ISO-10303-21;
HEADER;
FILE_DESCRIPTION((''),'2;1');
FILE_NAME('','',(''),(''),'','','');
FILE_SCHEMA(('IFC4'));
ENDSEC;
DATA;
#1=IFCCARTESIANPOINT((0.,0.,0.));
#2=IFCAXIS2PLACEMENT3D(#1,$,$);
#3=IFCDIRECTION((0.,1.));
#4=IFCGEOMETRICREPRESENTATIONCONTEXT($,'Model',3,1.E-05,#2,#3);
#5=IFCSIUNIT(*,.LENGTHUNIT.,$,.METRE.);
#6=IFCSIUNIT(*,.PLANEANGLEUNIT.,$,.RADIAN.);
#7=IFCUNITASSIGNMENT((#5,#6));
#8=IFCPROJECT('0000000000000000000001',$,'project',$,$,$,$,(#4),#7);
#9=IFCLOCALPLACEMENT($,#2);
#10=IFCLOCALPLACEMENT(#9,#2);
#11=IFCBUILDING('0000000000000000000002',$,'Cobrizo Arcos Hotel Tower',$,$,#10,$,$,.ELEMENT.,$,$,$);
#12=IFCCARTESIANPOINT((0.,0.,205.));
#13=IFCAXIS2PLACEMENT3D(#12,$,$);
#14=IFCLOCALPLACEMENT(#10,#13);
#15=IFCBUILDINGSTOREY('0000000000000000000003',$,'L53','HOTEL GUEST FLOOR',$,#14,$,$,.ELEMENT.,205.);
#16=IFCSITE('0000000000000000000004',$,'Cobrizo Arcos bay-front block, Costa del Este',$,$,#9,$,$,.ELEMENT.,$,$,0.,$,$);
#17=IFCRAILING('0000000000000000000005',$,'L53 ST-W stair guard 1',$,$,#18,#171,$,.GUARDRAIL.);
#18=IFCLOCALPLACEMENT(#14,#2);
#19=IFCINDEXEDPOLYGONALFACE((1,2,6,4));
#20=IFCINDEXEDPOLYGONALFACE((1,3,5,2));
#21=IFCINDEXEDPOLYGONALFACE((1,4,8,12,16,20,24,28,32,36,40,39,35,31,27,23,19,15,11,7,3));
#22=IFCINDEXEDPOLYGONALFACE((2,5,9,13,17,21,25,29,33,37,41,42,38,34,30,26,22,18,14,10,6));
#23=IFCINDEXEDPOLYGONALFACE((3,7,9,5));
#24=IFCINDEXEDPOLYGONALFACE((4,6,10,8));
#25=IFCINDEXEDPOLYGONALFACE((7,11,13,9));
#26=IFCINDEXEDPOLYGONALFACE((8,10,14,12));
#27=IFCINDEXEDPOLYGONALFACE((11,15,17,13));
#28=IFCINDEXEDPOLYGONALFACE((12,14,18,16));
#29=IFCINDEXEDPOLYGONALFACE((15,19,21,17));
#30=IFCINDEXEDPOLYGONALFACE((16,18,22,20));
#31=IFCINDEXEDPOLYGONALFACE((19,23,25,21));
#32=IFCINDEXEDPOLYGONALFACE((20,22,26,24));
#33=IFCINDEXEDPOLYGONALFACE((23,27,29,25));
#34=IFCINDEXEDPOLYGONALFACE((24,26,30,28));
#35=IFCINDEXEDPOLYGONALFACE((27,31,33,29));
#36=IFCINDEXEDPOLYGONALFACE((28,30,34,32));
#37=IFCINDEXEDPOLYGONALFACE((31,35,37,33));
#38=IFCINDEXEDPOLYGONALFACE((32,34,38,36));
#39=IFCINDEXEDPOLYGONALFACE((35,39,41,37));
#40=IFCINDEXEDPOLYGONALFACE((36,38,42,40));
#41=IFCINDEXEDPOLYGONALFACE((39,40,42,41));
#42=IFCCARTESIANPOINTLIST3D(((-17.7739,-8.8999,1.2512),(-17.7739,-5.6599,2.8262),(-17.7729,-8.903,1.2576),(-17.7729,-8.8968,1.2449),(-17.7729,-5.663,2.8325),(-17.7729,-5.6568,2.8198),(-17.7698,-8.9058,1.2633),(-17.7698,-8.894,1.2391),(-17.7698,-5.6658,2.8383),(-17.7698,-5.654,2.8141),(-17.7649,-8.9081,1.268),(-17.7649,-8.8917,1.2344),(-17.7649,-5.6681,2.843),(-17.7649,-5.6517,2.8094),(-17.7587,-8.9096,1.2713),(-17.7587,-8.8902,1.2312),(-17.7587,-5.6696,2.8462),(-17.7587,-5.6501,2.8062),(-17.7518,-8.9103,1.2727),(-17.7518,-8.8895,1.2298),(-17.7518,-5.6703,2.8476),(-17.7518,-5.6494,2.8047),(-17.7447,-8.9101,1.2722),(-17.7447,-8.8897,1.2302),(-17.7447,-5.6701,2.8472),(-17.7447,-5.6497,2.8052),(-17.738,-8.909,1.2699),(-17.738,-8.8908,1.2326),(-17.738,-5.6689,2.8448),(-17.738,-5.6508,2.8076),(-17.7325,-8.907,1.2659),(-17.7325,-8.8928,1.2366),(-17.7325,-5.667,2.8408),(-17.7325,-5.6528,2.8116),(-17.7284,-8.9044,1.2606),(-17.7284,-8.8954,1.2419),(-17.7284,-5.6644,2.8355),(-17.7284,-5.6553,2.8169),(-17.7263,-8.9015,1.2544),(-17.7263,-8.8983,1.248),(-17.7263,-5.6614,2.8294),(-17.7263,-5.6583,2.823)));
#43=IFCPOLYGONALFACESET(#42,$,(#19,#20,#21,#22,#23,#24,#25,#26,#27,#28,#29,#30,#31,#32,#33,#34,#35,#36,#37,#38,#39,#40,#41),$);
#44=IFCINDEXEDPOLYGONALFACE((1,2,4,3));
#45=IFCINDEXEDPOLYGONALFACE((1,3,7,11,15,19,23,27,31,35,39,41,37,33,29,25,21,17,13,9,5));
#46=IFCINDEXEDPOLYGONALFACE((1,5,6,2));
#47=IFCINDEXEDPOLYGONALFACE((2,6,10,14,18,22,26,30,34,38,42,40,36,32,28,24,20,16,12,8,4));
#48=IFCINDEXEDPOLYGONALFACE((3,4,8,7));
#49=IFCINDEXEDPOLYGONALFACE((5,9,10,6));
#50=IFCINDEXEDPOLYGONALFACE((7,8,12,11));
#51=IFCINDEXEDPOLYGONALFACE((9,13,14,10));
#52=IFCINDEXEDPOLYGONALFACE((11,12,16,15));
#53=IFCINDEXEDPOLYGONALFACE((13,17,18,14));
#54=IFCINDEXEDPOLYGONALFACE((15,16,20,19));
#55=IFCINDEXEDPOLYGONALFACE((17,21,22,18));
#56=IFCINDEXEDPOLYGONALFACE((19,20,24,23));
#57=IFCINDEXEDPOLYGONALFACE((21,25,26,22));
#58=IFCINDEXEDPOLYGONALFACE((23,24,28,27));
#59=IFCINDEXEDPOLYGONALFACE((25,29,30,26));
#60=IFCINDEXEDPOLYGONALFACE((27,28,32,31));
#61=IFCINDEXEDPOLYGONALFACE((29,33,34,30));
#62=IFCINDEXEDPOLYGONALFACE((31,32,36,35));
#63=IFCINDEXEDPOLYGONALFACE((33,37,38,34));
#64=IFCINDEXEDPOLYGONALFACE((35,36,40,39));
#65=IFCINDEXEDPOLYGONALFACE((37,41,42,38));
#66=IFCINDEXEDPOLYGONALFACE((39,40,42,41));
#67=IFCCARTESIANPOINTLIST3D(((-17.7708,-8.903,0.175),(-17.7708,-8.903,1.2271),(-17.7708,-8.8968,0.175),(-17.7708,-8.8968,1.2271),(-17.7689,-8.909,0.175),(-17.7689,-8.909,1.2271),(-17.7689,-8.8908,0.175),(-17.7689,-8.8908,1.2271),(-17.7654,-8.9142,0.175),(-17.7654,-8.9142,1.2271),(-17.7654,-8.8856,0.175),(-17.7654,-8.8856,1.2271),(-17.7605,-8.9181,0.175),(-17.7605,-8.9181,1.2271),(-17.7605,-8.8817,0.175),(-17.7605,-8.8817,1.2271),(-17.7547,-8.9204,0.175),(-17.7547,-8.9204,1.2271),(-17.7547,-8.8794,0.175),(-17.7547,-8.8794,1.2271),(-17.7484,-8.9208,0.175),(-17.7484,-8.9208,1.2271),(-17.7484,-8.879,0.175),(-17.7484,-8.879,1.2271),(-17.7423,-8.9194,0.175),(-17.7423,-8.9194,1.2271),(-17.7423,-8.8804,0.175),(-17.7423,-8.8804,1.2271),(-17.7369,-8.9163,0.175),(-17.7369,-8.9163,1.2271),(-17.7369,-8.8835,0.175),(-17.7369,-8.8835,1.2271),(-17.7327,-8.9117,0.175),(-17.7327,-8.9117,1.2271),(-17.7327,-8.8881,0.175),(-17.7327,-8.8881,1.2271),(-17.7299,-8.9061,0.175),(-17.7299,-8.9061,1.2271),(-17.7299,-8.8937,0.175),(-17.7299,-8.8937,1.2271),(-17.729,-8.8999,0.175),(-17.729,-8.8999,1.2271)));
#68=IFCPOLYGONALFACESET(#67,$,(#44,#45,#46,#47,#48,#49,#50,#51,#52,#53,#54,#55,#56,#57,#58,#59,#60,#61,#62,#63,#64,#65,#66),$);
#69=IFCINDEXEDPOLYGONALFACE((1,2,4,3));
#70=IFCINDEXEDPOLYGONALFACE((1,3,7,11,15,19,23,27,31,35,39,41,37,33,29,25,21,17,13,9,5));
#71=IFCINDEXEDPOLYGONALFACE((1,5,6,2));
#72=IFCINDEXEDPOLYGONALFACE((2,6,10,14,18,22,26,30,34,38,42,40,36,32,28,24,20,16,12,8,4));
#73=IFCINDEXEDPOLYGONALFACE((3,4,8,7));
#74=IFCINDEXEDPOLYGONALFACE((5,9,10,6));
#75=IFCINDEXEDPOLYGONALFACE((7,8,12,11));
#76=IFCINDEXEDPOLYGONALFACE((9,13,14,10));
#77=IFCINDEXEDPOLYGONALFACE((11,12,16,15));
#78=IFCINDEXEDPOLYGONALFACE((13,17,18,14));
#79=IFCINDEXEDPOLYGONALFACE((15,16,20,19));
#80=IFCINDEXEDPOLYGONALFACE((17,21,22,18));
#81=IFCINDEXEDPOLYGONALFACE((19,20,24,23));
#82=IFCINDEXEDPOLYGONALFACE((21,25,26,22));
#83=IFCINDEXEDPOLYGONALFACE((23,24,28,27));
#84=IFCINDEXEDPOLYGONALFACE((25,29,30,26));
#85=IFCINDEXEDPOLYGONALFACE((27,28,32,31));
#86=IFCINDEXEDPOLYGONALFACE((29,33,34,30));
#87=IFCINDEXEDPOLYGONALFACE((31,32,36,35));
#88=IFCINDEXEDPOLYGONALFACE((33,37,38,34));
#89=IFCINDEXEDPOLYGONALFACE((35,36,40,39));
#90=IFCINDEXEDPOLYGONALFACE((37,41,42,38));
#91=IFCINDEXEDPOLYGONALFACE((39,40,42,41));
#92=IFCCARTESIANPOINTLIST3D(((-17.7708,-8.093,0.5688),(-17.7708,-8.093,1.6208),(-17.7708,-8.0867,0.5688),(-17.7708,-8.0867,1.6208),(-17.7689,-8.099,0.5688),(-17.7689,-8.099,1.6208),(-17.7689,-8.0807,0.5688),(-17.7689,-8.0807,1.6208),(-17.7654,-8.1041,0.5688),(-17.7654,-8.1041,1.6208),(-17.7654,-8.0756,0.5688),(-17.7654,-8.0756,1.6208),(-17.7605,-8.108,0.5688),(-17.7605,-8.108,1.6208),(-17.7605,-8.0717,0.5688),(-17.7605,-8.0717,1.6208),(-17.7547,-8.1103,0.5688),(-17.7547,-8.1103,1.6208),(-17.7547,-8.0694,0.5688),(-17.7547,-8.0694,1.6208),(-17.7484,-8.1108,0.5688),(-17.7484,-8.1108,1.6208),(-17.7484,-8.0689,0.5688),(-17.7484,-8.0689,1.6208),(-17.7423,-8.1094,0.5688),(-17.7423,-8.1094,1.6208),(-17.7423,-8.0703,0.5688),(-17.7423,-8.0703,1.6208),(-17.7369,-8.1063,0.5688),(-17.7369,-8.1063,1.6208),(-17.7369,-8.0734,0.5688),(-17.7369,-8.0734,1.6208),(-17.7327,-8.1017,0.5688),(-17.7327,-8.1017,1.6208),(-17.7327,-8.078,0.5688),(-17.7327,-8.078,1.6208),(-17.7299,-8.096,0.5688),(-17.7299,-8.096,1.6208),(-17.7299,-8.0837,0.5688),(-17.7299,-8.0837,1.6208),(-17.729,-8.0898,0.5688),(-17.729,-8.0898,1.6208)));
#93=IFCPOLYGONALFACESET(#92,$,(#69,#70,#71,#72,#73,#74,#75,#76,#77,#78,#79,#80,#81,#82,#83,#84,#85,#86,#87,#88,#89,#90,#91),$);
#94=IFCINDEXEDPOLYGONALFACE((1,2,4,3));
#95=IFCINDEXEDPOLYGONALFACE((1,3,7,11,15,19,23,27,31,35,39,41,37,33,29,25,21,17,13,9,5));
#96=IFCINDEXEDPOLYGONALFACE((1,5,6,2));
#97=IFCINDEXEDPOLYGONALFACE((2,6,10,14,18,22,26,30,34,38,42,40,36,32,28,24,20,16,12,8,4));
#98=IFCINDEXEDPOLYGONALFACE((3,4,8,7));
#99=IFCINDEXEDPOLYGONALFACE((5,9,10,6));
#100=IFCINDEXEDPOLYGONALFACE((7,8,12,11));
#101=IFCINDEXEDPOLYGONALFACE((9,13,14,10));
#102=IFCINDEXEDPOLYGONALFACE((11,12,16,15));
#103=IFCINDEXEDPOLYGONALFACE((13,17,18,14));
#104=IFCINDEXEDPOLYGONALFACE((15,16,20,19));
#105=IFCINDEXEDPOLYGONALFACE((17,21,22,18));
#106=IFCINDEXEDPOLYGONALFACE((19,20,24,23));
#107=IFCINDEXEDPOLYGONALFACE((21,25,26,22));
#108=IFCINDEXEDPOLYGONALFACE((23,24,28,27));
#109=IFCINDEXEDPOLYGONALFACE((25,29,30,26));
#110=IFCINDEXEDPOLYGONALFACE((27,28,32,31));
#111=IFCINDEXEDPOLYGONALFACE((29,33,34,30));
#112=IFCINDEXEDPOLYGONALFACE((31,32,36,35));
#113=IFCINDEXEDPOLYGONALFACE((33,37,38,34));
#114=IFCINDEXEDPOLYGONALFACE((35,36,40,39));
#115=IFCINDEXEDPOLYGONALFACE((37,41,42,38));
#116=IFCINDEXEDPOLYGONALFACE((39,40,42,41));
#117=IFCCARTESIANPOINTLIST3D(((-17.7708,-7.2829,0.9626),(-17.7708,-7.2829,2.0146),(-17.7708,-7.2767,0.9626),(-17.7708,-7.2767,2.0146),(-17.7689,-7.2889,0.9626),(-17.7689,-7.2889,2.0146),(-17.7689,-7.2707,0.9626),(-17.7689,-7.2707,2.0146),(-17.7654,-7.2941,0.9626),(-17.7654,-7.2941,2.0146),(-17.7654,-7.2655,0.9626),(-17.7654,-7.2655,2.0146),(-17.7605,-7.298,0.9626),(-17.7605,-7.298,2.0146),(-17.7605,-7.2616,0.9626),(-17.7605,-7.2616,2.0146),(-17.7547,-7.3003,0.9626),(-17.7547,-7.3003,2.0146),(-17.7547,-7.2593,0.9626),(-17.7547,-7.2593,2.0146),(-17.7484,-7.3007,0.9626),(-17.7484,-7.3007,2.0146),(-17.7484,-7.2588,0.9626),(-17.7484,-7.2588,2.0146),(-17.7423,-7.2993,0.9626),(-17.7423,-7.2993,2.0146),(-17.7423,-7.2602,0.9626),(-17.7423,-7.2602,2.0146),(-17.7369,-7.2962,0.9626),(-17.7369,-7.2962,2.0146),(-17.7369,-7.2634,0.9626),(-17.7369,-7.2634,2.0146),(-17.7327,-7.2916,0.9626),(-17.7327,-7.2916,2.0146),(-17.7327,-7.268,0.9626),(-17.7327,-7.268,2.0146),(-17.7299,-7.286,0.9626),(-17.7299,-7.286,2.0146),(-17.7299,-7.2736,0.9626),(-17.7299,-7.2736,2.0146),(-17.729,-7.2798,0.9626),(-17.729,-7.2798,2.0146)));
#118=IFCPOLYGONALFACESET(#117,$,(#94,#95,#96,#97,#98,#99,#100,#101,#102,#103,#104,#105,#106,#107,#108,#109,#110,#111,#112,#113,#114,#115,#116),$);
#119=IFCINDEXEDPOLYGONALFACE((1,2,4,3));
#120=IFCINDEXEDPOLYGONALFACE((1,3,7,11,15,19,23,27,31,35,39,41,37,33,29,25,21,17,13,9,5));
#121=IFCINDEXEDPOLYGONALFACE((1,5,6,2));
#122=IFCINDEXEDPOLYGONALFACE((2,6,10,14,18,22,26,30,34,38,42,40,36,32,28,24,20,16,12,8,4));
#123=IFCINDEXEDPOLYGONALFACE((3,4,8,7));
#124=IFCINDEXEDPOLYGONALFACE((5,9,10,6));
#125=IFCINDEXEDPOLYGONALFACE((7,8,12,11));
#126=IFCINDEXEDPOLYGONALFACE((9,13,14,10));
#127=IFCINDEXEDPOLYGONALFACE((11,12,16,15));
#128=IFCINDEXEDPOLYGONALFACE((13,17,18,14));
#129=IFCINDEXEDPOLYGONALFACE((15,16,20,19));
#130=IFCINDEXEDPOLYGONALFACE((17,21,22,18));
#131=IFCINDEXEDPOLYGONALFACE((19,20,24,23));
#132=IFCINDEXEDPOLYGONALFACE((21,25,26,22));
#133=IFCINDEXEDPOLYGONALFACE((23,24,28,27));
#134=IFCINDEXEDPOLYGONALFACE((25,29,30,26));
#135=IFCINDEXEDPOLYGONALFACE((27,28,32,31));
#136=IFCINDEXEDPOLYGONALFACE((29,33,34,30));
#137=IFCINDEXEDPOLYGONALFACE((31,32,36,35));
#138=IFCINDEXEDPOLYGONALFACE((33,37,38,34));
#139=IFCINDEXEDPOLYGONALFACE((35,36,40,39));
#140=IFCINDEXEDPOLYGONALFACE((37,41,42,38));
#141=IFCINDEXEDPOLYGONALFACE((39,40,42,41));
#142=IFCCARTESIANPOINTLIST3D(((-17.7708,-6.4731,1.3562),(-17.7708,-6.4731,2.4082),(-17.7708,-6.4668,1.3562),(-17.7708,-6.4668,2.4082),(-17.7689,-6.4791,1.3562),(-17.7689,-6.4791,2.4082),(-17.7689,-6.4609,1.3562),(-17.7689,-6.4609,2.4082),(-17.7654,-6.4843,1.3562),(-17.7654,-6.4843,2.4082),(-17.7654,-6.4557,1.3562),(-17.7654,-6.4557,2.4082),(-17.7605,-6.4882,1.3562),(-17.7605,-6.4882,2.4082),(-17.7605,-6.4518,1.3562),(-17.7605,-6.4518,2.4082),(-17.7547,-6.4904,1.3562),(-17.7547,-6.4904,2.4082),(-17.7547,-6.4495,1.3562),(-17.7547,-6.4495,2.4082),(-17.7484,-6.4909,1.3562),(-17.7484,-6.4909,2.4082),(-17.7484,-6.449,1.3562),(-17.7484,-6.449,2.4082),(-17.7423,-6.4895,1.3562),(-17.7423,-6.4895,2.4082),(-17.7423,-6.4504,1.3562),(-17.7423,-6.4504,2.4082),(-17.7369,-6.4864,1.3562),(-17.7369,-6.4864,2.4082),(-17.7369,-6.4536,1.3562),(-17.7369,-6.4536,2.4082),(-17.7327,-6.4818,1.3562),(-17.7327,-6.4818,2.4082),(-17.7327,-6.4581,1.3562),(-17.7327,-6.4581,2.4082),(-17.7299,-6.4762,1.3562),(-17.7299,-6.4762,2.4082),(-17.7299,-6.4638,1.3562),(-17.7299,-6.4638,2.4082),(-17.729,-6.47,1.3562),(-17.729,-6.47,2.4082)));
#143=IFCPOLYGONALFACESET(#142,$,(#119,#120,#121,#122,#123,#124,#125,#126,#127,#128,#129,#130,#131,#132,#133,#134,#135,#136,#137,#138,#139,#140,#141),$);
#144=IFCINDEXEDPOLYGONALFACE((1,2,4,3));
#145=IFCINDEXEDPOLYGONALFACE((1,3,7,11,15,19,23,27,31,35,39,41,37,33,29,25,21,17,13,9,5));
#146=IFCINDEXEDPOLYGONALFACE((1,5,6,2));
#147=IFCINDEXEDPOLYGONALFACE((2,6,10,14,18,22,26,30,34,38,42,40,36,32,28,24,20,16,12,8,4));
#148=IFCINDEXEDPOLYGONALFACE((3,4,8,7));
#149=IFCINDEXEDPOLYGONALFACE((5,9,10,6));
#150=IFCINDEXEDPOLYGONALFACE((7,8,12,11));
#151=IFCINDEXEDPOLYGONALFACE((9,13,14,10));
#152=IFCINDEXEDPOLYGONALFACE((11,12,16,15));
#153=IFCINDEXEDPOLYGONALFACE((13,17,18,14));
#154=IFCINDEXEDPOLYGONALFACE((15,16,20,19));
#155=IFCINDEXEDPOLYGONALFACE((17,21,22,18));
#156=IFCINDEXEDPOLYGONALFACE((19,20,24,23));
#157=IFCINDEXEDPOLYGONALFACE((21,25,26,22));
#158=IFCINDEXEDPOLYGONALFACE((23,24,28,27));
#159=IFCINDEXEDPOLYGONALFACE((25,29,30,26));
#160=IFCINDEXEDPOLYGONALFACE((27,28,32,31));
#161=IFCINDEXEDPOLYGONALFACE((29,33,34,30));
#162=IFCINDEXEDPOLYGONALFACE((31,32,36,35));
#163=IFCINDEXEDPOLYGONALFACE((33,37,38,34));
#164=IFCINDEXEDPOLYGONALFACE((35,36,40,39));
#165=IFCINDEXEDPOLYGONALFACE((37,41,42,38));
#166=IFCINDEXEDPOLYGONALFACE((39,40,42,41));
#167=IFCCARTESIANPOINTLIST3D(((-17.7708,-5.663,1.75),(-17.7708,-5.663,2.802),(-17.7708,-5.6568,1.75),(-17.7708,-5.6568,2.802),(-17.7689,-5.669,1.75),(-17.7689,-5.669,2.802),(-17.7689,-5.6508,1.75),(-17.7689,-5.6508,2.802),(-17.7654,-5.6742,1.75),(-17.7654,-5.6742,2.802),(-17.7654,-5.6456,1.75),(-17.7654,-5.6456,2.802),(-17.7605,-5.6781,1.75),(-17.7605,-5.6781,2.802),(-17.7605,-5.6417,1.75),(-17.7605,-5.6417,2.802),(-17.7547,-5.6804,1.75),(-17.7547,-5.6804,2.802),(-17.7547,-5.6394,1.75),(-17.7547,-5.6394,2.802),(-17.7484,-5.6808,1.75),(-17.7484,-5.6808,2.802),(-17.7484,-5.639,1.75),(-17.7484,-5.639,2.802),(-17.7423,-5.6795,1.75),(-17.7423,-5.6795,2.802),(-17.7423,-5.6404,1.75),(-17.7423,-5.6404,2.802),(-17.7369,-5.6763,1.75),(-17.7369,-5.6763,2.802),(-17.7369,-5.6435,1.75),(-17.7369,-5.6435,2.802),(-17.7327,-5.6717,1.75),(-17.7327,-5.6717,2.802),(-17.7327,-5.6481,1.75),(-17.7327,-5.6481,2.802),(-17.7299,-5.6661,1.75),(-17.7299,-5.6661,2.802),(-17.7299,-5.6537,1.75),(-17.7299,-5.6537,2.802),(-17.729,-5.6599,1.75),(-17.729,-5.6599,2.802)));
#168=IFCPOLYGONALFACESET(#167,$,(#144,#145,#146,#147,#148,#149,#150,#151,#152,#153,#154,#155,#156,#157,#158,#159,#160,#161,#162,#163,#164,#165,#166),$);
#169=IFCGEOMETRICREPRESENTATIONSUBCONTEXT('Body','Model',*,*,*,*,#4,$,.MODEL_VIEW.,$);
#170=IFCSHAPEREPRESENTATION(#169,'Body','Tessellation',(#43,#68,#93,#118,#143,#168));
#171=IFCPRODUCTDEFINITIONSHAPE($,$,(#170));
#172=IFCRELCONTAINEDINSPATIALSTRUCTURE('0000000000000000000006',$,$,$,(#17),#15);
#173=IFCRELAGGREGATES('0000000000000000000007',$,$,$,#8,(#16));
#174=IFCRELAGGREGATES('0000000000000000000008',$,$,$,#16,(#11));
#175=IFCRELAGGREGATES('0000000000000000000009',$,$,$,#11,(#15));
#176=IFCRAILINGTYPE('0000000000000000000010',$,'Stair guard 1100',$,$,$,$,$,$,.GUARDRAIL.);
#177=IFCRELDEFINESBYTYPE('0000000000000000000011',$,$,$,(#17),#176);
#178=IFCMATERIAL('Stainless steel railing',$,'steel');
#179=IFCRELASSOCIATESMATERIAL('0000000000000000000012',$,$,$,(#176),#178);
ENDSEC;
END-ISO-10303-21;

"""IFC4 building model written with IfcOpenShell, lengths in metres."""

from ifc_helpers import new_model, si_unit, direction, frame, origin, origin_2d, place, context, subcontext, project, spatial, circle, extrude, material, type_object, element, save


model = new_model("IFC4")

# Units and contexts
model_context = context("Model", 3, precision=1e-05, world=origin(), true_north=direction((0.0, 1.0)))
body_context = subcontext(model_context, "Body", "Model", "MODEL_VIEW")
ifc_project = project(units=[si_unit("LENGTHUNIT", "METRE"), si_unit("PLANEANGLEUNIT", "RADIAN")], contexts=[model_context])

# Site, building, storey
site_placement = place(None, origin())
site = spatial("IfcSite", under=ifc_project, at=site_placement, Name="Cobrizo Arcos bay-front block, Costa del Este", CompositionType="ELEMENT", RefElevation=0.0)
building_placement = place(site_placement, origin())
building = spatial("IfcBuilding", under=site, at=building_placement, Name="Cobrizo Arcos Hotel Tower", CompositionType="ELEMENT")
storey_placement = place(building_placement, frame((0.0, 0.0, 205.0)))
storey = spatial("IfcBuildingStorey", under=building, at=storey_placement, Name="L53", Description="HOTEL GUEST FLOOR", CompositionType="ELEMENT", Elevation=205.0)

# Railing
ifc_material_1 = material(Name="Stainless steel railing", Category="steel")
railing_type_1 = type_object("IfcRailingType", Name="Stair guard 1100", PredefinedType="GUARDRAIL", material=ifc_material_1)
railing_1_placement = place(storey_placement, frame((-17.75, -8.8999, 0.175)))
element("IfcRailing", 1, at=railing_1_placement, inside=storey, type_object=railing_type_1, Name="L53 ST-W stair guard 1", PredefinedType="GUARDRAIL", context=body_context, shape_type="SweptSolid", body=[
    extrude(circle(Radius=0.0239, at=origin_2d()), frame((0.0, 0.0, 1.0762), z_axis=(0.0, 0.899373, 0.437183), x_axis=(-1.0, 0.0, 0.0)), (0.0, 0.0, 1.0), 3.6025),
    extrude(circle(Radius=0.021, at=origin_2d()), origin(), (0.0, 0.0, 1.0), 1.052),
    extrude(circle(Radius=0.021, at=origin_2d()), frame((0.0, 0.8101, 0.3938)), (0.0, 0.0, 1.0), 1.052),
    extrude(circle(Radius=0.021, at=origin_2d()), frame((0.0, 1.6201, 0.7876)), (0.0, 0.0, 1.0), 1.052),
    extrude(circle(Radius=0.021, at=origin_2d()), frame((0.0, 2.4299, 1.1812)), (0.0, 0.0, 1.0), 1.052),
    extrude(circle(Radius=0.021, at=origin_2d()), frame((0.0, 3.24, 1.575)), (0.0, 0.0, 1.0), 1.052),
])

save(model, "model.ifc")
